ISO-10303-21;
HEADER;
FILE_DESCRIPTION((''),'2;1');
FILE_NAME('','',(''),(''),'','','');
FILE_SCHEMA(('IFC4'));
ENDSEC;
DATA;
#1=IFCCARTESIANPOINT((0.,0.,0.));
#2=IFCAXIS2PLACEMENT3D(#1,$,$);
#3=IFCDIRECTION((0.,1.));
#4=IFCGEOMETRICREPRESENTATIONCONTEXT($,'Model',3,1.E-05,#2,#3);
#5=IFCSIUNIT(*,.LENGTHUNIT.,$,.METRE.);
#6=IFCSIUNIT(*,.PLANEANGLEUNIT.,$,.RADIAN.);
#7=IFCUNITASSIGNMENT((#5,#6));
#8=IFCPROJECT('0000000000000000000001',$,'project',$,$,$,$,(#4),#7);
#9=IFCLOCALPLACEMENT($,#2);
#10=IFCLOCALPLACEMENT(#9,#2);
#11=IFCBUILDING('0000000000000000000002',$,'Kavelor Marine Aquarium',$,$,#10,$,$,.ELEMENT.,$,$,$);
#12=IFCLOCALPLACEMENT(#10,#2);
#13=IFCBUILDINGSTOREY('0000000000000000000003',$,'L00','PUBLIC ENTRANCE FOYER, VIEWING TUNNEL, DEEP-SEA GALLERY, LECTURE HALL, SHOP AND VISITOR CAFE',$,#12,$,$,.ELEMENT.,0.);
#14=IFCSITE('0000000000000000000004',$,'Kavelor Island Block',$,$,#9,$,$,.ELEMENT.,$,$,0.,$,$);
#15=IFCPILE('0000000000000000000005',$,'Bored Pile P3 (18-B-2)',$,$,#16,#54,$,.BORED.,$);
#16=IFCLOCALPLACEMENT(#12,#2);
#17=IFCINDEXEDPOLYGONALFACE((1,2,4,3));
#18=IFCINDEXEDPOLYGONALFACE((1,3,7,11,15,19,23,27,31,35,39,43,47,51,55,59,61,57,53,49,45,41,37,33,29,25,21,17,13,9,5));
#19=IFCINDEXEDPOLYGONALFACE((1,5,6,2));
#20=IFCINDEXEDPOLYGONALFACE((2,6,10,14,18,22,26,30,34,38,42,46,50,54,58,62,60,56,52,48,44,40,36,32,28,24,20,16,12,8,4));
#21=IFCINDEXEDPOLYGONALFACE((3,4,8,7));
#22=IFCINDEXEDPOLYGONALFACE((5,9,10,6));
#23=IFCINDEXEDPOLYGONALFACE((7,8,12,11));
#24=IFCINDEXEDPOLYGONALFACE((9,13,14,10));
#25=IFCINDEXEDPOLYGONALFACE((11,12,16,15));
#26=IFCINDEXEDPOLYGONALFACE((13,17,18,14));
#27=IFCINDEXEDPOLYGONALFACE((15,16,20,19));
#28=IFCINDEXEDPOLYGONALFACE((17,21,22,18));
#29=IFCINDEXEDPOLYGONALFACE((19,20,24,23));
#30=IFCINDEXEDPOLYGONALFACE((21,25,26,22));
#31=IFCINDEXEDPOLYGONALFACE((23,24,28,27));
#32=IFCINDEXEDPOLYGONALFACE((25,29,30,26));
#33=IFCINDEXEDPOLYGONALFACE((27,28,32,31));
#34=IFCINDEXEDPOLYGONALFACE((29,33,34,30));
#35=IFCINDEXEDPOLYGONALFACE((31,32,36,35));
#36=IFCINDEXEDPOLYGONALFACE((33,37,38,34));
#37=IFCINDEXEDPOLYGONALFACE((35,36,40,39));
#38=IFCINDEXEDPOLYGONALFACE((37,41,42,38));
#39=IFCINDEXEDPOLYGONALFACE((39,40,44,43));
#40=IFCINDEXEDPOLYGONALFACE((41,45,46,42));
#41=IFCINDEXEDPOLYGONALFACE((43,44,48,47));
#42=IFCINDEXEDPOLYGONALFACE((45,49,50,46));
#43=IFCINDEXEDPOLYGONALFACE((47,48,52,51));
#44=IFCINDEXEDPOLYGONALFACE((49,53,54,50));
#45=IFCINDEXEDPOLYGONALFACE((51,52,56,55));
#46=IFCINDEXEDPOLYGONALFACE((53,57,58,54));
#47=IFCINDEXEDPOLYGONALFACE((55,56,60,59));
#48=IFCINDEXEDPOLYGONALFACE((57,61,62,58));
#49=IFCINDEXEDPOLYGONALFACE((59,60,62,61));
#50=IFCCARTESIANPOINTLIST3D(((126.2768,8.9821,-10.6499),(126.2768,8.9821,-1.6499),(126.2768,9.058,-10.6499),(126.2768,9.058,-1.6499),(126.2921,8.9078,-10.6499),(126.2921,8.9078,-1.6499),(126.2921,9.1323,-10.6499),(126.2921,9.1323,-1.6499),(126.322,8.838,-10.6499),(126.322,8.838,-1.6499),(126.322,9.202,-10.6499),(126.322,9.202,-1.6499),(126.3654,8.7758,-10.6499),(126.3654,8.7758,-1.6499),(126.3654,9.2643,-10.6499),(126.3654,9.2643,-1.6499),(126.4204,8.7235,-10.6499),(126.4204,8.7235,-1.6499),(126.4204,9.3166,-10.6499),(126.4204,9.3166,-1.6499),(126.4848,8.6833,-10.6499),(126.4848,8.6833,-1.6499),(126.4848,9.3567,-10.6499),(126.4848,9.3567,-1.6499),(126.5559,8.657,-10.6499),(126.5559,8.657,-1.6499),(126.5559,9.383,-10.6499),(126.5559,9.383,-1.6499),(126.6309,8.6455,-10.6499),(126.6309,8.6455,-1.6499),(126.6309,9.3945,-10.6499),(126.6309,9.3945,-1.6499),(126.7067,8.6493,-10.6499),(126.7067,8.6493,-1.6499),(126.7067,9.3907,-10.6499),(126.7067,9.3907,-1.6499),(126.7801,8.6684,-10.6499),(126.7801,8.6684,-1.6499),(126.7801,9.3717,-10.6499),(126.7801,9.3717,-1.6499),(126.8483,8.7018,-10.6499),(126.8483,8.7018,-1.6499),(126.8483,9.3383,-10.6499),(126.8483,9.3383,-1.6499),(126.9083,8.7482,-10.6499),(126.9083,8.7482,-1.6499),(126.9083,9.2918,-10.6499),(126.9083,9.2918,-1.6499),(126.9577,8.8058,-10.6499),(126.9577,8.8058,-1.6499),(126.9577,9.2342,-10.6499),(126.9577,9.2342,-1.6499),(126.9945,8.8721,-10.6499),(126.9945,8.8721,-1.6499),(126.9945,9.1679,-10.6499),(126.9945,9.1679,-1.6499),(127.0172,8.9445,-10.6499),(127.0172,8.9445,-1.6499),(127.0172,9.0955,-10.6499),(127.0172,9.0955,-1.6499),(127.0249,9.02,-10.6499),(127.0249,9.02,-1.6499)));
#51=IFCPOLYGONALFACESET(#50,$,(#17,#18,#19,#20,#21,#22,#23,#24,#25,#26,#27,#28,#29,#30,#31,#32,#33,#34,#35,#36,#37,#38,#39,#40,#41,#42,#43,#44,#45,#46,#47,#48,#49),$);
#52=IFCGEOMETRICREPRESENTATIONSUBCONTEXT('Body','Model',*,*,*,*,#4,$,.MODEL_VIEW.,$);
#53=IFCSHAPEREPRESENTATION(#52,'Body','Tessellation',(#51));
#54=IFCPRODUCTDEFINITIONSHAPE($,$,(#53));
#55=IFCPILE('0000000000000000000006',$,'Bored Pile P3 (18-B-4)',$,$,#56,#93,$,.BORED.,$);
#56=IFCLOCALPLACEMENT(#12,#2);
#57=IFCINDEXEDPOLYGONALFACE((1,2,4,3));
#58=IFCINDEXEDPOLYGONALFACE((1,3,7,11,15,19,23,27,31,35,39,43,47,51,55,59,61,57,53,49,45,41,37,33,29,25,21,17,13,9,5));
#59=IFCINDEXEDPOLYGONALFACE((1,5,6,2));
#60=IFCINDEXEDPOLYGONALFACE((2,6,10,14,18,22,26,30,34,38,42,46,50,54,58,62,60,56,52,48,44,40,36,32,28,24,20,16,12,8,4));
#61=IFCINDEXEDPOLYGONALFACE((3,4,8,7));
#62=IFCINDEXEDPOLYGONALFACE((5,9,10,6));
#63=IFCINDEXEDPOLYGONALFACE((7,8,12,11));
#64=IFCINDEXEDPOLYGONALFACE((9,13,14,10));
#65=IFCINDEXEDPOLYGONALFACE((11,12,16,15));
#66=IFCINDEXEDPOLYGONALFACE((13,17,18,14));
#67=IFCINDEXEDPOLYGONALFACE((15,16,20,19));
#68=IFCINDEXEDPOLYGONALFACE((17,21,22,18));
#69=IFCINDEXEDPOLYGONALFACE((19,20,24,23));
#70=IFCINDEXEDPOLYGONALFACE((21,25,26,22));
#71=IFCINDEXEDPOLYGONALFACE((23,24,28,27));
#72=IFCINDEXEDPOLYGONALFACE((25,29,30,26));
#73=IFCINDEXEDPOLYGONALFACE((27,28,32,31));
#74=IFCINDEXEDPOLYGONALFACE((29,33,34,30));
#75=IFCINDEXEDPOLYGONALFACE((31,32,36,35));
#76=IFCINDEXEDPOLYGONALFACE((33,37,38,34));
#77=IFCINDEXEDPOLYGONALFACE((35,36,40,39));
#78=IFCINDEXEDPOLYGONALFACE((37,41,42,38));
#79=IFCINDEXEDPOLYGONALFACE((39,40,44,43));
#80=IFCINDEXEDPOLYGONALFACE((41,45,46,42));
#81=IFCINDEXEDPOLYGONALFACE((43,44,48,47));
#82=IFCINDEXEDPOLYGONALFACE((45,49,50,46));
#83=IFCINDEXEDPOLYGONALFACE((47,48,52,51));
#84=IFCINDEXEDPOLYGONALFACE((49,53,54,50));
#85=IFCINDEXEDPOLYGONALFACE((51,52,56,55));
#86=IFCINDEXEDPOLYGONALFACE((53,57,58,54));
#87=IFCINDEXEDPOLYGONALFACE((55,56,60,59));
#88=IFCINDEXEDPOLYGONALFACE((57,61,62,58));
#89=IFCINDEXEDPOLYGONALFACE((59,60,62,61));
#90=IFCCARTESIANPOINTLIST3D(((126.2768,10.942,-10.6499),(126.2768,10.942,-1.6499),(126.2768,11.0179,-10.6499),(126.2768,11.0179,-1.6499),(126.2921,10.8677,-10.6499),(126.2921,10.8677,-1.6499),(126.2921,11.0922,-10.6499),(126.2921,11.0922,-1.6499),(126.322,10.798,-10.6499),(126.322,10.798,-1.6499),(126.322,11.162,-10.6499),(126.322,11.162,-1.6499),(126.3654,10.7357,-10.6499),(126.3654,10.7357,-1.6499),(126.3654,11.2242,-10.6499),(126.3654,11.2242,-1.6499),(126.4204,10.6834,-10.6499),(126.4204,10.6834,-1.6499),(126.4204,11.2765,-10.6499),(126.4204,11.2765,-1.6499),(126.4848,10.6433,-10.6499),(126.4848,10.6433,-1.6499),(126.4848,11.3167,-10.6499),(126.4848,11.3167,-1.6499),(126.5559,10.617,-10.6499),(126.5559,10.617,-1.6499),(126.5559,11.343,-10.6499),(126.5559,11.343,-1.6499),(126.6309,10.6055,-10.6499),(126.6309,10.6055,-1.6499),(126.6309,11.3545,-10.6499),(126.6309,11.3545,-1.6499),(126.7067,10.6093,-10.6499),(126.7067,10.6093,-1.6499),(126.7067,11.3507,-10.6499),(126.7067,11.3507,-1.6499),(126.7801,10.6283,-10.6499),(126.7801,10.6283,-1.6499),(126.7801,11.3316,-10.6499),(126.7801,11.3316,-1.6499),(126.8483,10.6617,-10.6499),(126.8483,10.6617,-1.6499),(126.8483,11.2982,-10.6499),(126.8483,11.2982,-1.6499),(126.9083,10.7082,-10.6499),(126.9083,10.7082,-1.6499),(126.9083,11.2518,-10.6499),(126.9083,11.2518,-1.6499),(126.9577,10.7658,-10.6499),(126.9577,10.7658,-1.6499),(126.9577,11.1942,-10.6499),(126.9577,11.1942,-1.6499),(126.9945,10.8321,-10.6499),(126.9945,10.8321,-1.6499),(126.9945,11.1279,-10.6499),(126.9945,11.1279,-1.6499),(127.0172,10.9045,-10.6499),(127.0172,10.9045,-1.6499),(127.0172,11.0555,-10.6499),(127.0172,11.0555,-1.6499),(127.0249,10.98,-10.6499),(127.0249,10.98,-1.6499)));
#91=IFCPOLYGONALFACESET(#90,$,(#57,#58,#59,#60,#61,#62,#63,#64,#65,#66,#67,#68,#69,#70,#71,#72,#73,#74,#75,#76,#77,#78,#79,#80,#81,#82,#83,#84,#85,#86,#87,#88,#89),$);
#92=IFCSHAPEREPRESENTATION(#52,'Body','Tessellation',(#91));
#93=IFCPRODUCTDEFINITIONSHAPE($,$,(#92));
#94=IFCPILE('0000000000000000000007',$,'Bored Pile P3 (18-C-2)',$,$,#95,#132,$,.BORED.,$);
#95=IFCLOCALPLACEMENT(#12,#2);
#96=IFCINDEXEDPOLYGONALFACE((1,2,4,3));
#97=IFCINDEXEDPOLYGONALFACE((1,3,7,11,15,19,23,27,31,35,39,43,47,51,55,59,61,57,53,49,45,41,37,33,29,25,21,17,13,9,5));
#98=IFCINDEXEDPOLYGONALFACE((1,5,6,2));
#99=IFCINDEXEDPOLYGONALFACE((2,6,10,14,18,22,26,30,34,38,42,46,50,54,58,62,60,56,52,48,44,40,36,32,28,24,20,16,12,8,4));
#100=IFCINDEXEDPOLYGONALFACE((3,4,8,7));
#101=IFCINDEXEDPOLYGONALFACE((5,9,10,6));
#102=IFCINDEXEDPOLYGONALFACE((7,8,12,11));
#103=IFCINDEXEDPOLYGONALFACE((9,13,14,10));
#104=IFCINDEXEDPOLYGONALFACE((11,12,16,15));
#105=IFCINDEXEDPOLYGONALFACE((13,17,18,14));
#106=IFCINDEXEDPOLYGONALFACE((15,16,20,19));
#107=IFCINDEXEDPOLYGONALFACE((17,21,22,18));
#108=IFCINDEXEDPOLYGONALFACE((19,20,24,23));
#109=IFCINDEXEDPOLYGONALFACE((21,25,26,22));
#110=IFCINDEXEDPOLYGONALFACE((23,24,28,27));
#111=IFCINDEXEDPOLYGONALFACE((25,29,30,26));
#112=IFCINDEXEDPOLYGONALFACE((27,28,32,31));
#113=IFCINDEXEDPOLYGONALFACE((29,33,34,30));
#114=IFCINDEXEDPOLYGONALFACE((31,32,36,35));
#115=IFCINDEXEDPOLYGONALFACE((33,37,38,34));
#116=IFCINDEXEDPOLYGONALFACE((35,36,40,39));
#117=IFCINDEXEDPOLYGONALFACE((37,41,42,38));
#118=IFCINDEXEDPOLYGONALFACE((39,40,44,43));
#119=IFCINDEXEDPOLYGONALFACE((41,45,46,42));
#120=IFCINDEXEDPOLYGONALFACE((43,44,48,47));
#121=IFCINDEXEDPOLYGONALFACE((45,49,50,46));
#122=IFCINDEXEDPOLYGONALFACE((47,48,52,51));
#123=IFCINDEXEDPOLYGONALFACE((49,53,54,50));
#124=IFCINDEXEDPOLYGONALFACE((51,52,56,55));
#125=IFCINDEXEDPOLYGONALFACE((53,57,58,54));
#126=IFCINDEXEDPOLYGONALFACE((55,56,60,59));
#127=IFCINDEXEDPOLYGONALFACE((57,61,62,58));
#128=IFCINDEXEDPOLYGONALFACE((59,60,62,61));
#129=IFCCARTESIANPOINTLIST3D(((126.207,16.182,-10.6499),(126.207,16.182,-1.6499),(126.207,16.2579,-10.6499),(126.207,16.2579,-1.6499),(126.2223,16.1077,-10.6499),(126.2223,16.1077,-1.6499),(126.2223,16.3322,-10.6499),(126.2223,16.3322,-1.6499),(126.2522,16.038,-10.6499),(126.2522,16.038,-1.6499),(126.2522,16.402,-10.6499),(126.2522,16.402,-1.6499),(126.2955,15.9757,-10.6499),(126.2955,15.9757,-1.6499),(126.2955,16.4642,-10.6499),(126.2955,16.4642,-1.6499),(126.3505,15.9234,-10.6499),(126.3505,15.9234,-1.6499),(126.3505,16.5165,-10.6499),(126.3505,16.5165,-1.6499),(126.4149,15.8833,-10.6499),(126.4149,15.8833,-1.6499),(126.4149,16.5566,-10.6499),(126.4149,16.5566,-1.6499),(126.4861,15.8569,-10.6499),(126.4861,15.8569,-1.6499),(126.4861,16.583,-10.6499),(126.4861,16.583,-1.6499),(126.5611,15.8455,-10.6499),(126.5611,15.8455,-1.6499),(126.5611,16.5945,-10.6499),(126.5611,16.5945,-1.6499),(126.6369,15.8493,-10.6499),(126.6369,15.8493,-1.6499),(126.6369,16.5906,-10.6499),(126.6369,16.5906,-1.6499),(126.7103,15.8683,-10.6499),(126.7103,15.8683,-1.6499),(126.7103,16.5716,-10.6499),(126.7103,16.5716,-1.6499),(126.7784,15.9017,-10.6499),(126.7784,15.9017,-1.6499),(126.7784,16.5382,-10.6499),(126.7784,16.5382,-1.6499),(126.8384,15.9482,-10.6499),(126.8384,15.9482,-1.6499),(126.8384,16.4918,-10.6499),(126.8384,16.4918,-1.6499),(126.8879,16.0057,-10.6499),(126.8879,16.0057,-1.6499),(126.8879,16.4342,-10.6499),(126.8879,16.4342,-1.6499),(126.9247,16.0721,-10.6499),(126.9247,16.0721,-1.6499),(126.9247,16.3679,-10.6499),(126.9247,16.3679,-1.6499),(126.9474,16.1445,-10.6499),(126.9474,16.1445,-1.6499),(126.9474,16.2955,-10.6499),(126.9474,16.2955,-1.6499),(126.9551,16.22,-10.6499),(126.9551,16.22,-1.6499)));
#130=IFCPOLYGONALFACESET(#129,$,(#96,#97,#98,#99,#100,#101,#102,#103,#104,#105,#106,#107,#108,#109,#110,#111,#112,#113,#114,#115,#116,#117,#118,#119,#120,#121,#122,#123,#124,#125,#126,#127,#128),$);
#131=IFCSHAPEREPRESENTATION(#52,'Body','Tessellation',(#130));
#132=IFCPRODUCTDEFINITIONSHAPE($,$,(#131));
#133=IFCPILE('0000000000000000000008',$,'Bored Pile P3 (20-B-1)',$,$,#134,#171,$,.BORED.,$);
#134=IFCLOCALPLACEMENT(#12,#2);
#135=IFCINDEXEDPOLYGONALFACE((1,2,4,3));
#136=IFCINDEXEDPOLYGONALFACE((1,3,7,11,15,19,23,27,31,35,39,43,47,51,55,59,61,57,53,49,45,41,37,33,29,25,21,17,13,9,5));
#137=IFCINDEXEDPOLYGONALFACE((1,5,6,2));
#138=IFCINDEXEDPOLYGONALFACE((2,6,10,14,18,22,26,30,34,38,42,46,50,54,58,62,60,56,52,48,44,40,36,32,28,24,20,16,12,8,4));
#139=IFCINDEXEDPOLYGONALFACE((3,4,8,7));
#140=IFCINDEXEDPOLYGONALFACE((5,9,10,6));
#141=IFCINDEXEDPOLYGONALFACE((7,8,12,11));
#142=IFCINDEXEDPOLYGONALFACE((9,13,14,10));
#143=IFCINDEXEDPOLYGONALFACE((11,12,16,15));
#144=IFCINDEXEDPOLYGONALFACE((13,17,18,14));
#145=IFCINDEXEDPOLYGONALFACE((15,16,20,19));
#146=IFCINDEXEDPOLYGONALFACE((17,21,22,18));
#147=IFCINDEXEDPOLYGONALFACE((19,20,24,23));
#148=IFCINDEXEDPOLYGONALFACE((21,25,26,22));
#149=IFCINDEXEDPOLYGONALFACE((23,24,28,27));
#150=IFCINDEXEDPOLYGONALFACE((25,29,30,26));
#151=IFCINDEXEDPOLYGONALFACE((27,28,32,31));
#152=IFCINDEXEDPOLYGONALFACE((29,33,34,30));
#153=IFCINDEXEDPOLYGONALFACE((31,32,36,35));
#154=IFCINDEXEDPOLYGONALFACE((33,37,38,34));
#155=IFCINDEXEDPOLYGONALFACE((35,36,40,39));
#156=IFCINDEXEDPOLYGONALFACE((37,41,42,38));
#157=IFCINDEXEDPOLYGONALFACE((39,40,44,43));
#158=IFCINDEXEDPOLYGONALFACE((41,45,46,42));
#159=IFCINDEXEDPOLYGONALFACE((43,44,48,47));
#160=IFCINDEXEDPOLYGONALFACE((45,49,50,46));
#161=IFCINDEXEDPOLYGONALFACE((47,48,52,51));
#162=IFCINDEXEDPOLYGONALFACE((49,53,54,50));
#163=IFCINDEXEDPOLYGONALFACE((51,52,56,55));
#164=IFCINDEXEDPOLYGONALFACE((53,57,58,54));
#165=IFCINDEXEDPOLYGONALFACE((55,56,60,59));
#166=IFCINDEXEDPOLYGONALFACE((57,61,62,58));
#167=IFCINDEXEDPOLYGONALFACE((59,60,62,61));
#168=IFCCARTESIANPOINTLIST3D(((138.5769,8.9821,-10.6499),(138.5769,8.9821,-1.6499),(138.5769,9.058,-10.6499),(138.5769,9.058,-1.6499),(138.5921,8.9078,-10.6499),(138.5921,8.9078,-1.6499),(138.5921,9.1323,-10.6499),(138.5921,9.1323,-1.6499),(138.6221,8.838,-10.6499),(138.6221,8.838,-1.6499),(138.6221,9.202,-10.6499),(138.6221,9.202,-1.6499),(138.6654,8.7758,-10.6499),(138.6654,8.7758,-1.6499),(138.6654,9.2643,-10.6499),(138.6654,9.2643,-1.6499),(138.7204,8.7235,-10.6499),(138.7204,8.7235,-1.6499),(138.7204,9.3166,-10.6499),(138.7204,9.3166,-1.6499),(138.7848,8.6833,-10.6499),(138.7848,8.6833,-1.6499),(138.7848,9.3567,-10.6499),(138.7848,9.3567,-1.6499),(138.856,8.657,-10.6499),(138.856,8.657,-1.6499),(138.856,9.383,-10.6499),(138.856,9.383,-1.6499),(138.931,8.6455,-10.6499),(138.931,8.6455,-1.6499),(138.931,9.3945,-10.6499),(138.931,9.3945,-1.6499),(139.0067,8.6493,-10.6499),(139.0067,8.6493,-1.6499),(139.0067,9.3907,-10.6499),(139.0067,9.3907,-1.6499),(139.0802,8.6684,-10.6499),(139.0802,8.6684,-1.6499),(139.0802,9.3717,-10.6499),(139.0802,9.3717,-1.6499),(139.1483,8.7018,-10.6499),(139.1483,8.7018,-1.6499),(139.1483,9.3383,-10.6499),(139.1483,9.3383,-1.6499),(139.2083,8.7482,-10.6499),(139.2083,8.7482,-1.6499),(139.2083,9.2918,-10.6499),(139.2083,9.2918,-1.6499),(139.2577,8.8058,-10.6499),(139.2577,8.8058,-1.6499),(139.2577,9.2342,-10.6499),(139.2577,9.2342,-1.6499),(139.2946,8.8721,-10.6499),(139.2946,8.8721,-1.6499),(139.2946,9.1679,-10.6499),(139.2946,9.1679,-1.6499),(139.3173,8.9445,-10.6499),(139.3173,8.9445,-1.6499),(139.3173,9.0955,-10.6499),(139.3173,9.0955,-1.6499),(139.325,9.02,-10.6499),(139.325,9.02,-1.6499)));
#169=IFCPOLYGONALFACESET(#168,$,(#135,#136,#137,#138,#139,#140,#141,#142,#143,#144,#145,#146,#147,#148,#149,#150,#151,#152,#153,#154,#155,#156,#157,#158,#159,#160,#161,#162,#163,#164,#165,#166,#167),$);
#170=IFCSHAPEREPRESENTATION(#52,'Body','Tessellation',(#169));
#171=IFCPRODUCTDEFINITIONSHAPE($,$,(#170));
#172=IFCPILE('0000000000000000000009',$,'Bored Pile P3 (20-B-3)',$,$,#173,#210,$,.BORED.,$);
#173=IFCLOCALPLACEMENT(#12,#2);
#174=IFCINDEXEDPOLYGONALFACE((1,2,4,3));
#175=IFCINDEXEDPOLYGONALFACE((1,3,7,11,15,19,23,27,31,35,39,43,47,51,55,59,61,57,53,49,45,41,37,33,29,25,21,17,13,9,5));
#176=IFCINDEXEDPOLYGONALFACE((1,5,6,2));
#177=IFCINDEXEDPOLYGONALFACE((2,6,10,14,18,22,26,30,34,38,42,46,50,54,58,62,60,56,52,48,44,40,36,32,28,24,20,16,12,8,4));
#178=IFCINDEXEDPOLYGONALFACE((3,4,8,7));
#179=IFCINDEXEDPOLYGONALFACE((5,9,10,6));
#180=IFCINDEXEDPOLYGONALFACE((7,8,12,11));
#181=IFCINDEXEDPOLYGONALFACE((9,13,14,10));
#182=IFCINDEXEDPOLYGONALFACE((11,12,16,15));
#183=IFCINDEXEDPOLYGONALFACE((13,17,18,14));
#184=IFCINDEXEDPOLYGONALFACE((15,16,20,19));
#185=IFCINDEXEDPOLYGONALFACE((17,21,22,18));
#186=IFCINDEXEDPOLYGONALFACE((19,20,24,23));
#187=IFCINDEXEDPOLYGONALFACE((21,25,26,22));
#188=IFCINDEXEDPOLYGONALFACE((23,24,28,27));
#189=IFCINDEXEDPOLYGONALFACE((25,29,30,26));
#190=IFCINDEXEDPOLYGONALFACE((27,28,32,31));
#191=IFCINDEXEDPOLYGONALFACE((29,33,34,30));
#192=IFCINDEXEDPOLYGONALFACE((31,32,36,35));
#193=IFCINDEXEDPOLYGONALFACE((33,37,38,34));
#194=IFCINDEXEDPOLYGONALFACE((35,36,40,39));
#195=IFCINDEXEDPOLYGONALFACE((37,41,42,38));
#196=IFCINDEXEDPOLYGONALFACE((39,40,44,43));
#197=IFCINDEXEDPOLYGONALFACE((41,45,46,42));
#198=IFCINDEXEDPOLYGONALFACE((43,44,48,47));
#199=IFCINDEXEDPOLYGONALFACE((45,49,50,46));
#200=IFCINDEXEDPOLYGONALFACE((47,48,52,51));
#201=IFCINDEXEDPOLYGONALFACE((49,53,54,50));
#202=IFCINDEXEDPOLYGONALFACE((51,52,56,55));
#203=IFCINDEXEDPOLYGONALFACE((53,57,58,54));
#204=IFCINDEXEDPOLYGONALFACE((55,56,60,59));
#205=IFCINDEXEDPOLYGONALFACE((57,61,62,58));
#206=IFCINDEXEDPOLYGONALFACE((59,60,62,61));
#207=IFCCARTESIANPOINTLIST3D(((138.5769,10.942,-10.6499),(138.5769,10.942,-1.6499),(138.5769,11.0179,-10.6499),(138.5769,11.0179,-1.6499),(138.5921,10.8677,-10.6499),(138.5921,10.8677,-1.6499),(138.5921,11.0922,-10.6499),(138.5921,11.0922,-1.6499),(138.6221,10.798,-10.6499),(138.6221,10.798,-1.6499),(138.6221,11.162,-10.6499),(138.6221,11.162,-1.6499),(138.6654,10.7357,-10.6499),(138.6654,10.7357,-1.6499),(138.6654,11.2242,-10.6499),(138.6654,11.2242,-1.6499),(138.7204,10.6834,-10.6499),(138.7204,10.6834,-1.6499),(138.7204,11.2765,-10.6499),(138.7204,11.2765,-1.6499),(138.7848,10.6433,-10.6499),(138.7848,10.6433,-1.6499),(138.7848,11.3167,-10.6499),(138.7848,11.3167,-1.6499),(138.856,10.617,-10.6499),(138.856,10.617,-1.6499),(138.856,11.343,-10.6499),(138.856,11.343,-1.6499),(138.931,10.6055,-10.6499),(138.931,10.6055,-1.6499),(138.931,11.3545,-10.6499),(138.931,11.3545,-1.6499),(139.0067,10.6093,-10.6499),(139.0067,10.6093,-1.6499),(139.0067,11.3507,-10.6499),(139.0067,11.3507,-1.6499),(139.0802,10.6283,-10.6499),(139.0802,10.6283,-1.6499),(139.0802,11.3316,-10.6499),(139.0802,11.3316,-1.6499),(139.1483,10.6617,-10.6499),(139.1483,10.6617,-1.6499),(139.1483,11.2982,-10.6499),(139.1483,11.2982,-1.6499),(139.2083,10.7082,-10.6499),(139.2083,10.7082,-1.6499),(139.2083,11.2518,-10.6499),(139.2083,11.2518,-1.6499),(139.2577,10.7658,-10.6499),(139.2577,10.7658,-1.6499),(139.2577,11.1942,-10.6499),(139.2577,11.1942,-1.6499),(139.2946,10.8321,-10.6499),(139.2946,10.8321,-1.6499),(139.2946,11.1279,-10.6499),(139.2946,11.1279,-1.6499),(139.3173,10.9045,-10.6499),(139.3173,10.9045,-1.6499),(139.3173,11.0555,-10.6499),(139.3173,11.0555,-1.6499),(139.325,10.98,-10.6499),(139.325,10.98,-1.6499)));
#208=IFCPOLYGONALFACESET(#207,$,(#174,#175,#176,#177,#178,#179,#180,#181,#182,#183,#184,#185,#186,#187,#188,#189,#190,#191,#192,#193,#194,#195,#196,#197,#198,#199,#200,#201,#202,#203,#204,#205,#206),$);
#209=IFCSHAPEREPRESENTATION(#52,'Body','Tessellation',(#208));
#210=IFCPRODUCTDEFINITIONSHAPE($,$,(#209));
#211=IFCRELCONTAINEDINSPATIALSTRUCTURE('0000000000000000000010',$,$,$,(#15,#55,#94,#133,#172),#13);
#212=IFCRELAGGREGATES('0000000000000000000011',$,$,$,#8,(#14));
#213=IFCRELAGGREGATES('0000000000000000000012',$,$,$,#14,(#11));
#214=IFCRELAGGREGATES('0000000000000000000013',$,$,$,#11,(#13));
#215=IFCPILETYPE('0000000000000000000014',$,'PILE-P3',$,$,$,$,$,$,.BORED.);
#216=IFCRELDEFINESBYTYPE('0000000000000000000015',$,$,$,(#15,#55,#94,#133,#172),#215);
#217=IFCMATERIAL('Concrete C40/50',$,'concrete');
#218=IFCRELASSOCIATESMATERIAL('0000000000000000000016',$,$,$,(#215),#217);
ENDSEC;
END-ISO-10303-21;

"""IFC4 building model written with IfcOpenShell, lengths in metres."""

from ifc_helpers import new_model, si_unit, direction, frame, origin, origin_2d, place, context, subcontext, project, spatial, circle, extrude, material, material_profile, profile_set, type_object, element, save


model = new_model("IFC4")

# Units and contexts
model_context = context("Model", 3, precision=1e-05, world=origin(), true_north=direction((0.0, 1.0)))
body_context = subcontext(model_context, "Body", "Model", "MODEL_VIEW")
ifc_project = project(units=[si_unit("LENGTHUNIT", "METRE"), si_unit("PLANEANGLEUNIT", "RADIAN")], contexts=[model_context])

# Site, building, storey
site_placement = place(None, origin())
site = spatial("IfcSite", under=ifc_project, at=site_placement, Name="Kavelor Island Block", CompositionType="ELEMENT", RefElevation=0.0)
building_placement = place(site_placement, origin())
building = spatial("IfcBuilding", under=site, at=building_placement, Name="Kavelor Marine Aquarium", CompositionType="ELEMENT")
storey_placement = place(building_placement, origin())
storey = spatial("IfcBuildingStorey", under=building, at=storey_placement, Name="L00", Description="PUBLIC ENTRANCE FOYER, VIEWING TUNNEL, DEEP-SEA GALLERY, LECTURE HALL, SHOP AND VISITOR CAFE", CompositionType="ELEMENT", Elevation=0.0)

# Piles
ifc_material_1 = material(Name="Concrete C40/50", Category="concrete")
ifc_material_profile_1 = material_profile(ifc_material_1, circle(Radius=0.375, at=origin_2d()), Name="PILE D750")
ifc_profile_set_1 = profile_set([ifc_material_profile_1], Name="Concrete C40/50")
pile_type_1 = type_object("IfcPileType", Name="PILE-P3", PredefinedType="BORED", material=ifc_profile_set_1)
for number, where, z_axis, x_axis, name in (
    (1, (126.6499, 9.02, -1.6499), (0.0, 0.0, -1.0), (1.0, 0.0, 0.0), "Bored Pile P3 (18-B-2)"),
    (2, (126.6499, 10.98, -1.6499), (0.0, 0.0, -1.0), (1.0, 0.0, 0.0), "Bored Pile P3 (18-B-4)"),
    (3, (126.5801, 16.22, -1.6499), (0.0, 0.0, -1.0), (1.0, 0.0, 0.0), "Bored Pile P3 (18-C-2)"),
    (4, (138.95, 9.02, -1.6499), (0.0, 0.0, -1.0), (1.0, 0.0, 0.0), "Bored Pile P3 (20-B-1)"),
    (5, (138.95, 10.98, -1.6499), (0.0, 0.0, -1.0), (1.0, 0.0, 0.0), "Bored Pile P3 (20-B-3)"),
):
    element("IfcPile", number, at=place(storey_placement, frame(where, z_axis=z_axis, x_axis=x_axis)), inside=storey, type_object=pile_type_1, Name=name, PredefinedType="BORED", context=body_context, shape_type="SweptSolid", body=[
        extrude(circle(Radius=0.375, at=origin_2d()), origin(), (0.0, 0.0, 1.0), 9.0),
    ])

save(model, "model.ifc")
